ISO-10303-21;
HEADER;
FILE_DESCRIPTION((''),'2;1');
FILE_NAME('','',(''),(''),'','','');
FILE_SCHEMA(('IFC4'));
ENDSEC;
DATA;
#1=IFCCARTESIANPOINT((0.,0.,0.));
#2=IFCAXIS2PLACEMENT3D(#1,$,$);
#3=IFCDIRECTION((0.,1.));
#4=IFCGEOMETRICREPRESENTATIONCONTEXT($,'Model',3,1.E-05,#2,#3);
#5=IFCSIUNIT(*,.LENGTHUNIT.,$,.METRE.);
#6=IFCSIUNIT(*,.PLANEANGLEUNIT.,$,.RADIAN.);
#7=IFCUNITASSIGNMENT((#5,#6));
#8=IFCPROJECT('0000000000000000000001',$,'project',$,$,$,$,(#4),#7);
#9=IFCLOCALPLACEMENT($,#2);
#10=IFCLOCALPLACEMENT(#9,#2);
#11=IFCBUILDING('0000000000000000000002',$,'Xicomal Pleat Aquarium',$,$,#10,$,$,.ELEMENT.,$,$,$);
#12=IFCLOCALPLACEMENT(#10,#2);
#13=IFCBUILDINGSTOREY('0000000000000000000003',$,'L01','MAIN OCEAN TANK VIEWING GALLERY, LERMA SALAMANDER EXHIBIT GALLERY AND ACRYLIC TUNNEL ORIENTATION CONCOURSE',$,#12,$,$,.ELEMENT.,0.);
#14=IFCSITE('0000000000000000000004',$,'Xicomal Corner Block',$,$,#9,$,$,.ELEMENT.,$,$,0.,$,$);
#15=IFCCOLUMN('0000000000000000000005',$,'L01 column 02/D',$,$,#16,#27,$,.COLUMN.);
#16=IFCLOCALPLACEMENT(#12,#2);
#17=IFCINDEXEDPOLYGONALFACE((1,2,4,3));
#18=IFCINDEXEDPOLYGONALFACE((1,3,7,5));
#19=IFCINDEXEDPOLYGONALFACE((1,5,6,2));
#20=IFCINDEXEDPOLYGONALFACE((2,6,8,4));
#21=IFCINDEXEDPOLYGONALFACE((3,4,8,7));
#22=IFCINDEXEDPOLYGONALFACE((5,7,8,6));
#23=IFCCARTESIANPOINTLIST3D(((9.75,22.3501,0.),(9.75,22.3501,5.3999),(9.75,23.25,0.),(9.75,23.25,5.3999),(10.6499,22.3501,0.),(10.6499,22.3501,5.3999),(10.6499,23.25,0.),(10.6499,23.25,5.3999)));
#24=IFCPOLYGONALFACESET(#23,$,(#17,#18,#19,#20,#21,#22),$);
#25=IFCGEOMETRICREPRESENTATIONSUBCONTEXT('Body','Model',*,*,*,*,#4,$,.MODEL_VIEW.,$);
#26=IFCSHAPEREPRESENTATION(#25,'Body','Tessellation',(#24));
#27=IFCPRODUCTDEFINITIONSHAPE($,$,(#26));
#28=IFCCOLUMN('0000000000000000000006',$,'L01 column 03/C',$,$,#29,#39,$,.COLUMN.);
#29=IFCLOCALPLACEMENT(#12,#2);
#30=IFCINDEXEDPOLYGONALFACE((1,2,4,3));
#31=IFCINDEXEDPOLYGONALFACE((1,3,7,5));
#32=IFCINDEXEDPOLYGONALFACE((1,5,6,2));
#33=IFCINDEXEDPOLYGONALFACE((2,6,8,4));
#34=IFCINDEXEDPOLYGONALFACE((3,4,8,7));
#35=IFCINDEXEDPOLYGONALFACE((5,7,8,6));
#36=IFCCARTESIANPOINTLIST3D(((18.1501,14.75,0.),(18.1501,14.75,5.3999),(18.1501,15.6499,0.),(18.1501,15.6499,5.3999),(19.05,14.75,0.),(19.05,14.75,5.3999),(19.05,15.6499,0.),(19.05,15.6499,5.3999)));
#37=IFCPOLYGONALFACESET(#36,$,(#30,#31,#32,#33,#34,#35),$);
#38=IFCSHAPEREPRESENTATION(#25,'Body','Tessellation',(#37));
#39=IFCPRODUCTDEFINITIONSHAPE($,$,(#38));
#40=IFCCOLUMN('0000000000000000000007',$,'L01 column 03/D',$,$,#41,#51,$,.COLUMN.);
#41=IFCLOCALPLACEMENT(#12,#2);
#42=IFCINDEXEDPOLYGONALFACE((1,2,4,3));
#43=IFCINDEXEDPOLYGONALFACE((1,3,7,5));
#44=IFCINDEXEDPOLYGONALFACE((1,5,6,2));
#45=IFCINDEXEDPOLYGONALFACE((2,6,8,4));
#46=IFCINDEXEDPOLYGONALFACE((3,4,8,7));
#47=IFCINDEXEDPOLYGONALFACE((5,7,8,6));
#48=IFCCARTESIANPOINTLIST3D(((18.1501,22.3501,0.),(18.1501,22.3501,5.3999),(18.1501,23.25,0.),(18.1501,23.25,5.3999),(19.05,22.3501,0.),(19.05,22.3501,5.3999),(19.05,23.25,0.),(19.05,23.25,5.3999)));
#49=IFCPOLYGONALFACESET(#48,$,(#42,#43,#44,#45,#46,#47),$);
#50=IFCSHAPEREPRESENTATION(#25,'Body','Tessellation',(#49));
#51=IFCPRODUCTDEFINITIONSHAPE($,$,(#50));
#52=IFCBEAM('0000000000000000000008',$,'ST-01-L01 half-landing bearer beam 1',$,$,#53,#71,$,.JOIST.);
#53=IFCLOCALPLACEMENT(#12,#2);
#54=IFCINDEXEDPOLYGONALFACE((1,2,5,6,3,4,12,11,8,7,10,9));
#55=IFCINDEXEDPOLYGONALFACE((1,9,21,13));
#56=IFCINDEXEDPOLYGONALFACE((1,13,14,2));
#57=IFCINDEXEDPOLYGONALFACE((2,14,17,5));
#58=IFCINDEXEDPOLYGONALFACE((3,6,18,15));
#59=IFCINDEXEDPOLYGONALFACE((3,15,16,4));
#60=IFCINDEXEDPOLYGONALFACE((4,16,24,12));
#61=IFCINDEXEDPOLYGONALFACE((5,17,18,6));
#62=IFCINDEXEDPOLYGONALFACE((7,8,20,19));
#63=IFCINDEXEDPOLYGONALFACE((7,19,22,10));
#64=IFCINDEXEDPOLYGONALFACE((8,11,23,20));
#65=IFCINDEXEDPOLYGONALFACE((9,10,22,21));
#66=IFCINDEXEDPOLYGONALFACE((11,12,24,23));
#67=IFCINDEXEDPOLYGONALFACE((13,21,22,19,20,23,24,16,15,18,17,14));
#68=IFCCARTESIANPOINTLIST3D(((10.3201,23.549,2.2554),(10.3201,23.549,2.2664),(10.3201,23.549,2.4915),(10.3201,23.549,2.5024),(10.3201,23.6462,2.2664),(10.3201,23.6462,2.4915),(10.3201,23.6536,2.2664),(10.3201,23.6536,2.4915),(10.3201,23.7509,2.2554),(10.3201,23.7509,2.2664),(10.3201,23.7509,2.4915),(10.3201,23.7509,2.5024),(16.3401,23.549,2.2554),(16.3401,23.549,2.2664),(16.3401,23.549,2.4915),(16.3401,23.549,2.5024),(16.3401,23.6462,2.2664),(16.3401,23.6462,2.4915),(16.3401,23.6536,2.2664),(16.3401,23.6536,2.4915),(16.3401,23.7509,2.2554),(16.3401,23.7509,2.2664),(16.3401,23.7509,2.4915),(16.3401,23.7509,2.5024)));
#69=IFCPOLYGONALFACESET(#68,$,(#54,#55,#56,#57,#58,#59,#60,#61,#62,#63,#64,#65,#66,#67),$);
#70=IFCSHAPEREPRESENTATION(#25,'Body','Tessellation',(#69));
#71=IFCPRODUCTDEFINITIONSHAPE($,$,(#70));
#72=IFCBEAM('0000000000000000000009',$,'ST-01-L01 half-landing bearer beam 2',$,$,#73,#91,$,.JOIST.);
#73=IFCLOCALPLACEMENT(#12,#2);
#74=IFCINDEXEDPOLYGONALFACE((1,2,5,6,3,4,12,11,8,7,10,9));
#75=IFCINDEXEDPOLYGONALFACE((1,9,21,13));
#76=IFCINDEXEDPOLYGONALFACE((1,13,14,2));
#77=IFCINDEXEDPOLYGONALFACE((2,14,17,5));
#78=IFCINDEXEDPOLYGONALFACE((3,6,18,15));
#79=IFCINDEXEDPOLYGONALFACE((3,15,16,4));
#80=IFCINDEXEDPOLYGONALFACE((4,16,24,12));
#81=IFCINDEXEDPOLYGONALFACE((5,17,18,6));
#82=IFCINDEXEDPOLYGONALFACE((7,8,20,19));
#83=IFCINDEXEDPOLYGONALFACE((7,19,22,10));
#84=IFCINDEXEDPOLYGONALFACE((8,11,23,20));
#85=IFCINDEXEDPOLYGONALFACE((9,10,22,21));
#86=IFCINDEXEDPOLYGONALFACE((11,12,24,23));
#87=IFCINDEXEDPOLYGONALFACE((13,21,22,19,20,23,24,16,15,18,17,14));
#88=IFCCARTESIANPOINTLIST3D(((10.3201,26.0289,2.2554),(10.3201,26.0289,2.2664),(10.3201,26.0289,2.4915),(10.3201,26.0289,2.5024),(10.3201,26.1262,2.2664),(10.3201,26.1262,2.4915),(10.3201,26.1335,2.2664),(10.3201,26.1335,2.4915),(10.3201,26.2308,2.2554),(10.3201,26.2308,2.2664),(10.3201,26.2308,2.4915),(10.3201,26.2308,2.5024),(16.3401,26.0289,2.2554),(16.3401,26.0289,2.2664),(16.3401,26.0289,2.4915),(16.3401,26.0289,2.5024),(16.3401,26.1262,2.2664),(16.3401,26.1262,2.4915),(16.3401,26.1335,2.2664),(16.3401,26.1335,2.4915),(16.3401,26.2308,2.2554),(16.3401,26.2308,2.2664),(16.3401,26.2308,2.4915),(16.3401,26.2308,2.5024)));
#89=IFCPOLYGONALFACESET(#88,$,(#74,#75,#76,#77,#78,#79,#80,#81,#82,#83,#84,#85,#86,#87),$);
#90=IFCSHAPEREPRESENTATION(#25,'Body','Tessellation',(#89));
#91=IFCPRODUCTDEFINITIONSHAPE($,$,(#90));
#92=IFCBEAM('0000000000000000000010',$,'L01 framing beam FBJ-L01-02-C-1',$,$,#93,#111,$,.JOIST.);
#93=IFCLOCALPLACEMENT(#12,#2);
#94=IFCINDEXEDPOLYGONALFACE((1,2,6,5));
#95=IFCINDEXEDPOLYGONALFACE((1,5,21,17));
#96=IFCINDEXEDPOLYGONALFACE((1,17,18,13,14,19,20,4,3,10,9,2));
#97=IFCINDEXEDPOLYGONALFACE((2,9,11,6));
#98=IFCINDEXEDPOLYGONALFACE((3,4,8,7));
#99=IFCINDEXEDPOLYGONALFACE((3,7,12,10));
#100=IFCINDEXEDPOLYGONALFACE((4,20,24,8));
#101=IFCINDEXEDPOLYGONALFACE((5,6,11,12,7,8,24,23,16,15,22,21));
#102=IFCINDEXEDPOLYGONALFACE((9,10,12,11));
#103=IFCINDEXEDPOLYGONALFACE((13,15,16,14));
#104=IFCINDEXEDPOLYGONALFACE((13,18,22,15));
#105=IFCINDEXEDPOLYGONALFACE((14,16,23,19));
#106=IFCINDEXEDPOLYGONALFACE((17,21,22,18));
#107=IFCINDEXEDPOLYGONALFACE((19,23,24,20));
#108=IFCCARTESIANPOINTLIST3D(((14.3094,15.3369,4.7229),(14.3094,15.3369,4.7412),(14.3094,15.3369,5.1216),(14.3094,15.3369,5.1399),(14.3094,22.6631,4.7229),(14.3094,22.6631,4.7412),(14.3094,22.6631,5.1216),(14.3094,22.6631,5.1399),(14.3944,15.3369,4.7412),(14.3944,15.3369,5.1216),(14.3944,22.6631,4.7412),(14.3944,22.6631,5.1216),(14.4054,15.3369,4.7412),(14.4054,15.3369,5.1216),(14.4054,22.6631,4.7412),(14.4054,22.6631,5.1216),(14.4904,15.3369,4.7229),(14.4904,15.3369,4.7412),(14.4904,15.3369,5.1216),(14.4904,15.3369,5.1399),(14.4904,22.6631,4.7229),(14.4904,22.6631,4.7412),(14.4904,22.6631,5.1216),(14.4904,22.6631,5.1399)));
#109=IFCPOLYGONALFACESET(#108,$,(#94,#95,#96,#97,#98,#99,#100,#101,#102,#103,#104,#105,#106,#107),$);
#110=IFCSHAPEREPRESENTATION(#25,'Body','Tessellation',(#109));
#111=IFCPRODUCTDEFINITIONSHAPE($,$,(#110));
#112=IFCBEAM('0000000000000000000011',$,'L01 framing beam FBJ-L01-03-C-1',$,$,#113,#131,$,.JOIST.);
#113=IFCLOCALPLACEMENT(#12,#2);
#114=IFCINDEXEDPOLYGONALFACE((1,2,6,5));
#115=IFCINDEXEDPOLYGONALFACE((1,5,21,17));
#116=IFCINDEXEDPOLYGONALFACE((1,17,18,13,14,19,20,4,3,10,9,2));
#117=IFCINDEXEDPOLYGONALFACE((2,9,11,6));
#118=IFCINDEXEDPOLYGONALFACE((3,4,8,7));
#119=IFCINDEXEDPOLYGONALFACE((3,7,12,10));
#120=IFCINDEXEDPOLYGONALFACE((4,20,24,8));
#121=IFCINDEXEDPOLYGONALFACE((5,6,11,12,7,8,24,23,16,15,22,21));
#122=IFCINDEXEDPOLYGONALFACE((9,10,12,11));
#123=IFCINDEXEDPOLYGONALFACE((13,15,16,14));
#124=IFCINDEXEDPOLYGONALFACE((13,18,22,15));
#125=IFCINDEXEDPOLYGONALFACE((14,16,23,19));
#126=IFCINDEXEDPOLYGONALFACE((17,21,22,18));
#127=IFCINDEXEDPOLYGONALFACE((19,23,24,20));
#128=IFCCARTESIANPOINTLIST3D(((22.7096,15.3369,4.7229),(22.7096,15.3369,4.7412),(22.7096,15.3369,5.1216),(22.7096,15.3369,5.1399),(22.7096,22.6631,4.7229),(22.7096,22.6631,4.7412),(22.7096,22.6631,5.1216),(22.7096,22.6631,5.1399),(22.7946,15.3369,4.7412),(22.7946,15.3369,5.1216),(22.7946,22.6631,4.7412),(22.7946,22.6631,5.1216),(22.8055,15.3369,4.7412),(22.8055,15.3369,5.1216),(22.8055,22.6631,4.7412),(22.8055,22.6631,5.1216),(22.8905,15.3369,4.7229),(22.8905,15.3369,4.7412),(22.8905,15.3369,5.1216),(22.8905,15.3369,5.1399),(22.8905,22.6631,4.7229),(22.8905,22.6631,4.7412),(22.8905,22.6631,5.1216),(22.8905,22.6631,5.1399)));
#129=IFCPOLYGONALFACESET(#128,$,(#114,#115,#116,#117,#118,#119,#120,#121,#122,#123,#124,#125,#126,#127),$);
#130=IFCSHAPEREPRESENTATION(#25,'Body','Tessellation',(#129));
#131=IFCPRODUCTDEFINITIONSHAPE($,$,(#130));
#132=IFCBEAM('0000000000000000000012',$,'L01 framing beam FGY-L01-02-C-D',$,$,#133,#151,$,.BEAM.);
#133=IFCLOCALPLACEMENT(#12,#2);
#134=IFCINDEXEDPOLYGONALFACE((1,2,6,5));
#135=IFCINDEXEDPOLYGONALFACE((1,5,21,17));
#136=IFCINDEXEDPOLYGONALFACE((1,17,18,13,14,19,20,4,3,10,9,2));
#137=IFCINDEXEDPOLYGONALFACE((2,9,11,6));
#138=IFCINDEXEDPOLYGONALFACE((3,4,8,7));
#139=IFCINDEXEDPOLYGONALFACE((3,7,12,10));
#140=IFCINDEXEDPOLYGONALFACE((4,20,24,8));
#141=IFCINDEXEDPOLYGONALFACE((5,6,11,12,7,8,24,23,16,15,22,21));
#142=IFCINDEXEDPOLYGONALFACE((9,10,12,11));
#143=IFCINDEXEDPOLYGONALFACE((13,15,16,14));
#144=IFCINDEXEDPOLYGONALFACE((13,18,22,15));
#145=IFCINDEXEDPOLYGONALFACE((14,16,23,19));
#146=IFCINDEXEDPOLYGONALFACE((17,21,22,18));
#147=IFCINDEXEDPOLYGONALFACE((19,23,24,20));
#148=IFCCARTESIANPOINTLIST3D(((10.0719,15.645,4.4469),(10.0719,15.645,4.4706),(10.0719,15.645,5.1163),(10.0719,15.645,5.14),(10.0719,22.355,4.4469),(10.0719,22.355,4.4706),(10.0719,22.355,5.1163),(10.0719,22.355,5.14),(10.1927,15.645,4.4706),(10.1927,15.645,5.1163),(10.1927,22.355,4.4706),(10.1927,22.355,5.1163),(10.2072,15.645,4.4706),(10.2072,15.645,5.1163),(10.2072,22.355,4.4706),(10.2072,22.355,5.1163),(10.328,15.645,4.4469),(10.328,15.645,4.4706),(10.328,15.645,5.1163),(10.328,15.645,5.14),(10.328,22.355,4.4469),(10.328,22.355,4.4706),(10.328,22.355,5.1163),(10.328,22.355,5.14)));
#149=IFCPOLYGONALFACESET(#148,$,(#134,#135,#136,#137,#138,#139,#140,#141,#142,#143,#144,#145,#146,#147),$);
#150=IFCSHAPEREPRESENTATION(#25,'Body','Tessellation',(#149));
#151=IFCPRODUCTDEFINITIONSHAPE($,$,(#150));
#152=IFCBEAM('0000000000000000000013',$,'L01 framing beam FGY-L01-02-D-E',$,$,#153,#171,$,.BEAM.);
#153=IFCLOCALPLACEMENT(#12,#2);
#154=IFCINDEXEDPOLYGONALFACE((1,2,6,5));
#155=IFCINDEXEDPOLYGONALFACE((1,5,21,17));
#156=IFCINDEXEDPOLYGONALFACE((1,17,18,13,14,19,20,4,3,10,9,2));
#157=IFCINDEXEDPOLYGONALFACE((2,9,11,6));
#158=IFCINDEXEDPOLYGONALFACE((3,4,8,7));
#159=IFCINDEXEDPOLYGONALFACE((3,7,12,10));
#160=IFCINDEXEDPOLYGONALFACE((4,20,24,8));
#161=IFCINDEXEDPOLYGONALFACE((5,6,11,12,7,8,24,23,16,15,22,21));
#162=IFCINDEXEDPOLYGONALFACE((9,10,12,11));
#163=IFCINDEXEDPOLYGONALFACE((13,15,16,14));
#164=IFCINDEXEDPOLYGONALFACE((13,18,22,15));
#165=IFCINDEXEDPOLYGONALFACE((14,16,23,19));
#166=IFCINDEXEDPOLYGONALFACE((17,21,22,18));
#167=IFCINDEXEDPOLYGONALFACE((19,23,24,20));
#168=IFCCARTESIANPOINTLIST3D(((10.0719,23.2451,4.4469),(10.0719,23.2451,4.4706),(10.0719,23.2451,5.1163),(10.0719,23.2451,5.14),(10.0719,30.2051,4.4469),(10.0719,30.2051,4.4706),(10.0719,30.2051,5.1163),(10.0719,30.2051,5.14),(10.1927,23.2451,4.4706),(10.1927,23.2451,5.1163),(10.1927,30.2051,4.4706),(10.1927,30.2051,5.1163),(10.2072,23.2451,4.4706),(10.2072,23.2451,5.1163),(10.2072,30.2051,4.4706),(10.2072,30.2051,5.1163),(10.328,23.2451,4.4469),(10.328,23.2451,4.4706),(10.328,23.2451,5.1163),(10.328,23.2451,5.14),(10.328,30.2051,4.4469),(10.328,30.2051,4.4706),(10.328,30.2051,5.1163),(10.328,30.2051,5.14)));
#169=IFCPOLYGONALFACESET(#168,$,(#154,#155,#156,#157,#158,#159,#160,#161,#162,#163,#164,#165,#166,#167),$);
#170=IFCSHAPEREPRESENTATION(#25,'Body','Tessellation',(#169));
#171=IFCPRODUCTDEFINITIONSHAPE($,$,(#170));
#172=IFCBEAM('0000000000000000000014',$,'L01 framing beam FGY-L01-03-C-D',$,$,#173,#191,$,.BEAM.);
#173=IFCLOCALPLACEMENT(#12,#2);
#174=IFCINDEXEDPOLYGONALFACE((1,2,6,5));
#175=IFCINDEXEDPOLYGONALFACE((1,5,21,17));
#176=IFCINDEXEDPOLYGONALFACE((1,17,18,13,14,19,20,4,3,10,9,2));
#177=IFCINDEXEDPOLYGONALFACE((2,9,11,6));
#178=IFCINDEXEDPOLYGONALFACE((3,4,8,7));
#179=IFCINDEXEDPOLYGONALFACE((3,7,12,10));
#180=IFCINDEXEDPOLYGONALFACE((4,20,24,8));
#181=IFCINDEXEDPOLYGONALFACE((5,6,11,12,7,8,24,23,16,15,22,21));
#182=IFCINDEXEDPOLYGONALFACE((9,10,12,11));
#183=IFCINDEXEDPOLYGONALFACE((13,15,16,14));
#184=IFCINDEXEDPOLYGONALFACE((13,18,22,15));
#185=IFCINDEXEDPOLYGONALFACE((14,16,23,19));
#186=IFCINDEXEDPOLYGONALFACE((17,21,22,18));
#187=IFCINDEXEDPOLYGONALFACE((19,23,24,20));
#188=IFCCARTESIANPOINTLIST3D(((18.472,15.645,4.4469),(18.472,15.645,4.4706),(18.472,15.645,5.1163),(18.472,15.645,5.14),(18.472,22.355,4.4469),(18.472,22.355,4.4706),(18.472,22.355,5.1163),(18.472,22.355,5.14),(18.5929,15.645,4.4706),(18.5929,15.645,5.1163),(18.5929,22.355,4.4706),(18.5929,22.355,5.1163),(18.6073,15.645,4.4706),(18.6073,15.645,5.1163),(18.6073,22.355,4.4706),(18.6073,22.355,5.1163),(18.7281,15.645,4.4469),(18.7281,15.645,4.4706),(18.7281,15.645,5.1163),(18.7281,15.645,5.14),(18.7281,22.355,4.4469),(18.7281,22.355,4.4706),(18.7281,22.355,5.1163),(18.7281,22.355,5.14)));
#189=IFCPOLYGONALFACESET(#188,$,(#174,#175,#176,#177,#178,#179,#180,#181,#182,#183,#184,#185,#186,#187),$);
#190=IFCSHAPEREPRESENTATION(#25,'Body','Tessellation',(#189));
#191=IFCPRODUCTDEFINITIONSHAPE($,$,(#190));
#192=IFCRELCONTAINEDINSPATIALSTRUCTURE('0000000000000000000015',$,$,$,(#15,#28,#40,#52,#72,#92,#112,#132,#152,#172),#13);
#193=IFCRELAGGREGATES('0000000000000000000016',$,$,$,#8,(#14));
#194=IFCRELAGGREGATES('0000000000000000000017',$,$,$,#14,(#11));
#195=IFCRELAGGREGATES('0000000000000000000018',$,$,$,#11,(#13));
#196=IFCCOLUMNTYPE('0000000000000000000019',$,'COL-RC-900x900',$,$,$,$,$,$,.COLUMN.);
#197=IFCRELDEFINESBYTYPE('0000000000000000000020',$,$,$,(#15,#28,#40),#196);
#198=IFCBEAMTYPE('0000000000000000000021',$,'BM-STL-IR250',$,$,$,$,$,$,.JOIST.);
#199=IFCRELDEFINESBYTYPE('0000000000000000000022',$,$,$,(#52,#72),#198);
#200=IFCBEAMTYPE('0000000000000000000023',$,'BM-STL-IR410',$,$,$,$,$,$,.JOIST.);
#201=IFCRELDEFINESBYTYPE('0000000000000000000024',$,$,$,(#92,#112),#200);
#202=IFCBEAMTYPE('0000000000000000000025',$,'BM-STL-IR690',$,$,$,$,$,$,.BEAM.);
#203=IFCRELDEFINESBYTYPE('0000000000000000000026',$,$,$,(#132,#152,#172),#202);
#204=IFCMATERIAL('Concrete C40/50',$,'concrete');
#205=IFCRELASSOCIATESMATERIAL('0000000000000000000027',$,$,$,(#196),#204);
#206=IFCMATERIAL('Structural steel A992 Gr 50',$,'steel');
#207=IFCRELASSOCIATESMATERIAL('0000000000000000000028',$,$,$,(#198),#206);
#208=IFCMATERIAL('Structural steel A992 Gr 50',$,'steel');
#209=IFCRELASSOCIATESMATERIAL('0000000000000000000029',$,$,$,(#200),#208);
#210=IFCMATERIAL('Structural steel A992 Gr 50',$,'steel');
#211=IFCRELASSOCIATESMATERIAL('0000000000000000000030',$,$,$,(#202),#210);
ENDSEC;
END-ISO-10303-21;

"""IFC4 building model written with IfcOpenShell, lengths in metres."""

from ifc_helpers import new_model, si_unit, direction, frame, origin, origin_2d, place, context, subcontext, project, spatial, rectangle, i_section, extrude, material, material_profile, profile_set, type_object, element, save


model = new_model("IFC4")

# Units and contexts
model_context = context("Model", 3, precision=1e-05, world=origin(), true_north=direction((0.0, 1.0)))
body_context = subcontext(model_context, "Body", "Model", "MODEL_VIEW")
ifc_project = project(units=[si_unit("LENGTHUNIT", "METRE"), si_unit("PLANEANGLEUNIT", "RADIAN")], contexts=[model_context])

# Site, building, storey
site_placement = place(None, origin())
site = spatial("IfcSite", under=ifc_project, at=site_placement, Name="Xicomal Corner Block", CompositionType="ELEMENT", RefElevation=0.0)
building_placement = place(site_placement, origin())
building = spatial("IfcBuilding", under=site, at=building_placement, Name="Xicomal Pleat Aquarium", CompositionType="ELEMENT")
storey_placement = place(building_placement, origin())
storey = spatial("IfcBuildingStorey", under=building, at=storey_placement, Name="L01", Description="MAIN OCEAN TANK VIEWING GALLERY, LERMA SALAMANDER EXHIBIT GALLERY AND ACRYLIC TUNNEL ORIENTATION CONCOURSE", CompositionType="ELEMENT", Elevation=0.0)

# Columns
ifc_material_1 = material(Name="Concrete C40/50", Category="concrete")
ifc_material_profile_1 = material_profile(ifc_material_1, rectangle(XDim=0.8999, YDim=0.8999, at=origin_2d()), Name="RC 900x900")
ifc_profile_set_1 = profile_set([ifc_material_profile_1], Name="Concrete C40/50")
column_type = type_object("IfcColumnType", Name="COL-RC-900x900", PredefinedType="COLUMN", material=ifc_profile_set_1)
for number, where, z_axis, x_axis, name in (
    (1, (10.2, 22.8, 0.0), (0.0, 0.0, 1.0), (1.0, 0.0, 0.0), "L01 column 02/D"),
    (2, (18.6001, 15.2, 0.0), (0.0, 0.0, 1.0), (1.0, 0.0, 0.0), "L01 column 03/C"),
    (3, (18.6001, 22.8, 0.0), (0.0, 0.0, 1.0), (1.0, 0.0, 0.0), "L01 column 03/D"),
):
    element("IfcColumn", number, at=place(storey_placement, frame(where, z_axis=z_axis, x_axis=x_axis)), inside=storey, type_object=column_type, Name=name, PredefinedType="COLUMN", context=body_context, shape_type="SweptSolid", body=[
        extrude(rectangle(XDim=0.8999, YDim=0.8999, at=origin_2d()), origin(), (0.0, 0.0, 1.0), 5.3999),
    ])

# Beams
ifc_material_2 = material(Name="Structural steel A992 Gr 50", Category="steel")
ifc_material_profile_2 = material_profile(ifc_material_2, i_section(OverallWidth=0.2019, OverallDepth=0.2471, WebThickness=0.0073, FlangeThickness=0.011, at=origin_2d()), Name="IR 250x49")
ifc_profile_set_2 = profile_set([ifc_material_profile_2], Name="Structural steel A992 Gr 50")
beam_type_1 = type_object("IfcBeamType", Name="BM-STL-IR250", PredefinedType="JOIST", material=ifc_profile_set_2)
for number, where, z_axis, x_axis, name in (
    (4, (10.3201, 23.6499, 2.3789), (1.0, 0.0, 0.0), (0.0, 1.0, 0.0), "ST-01-L01 half-landing bearer beam 1"),
    (5, (10.3201, 26.1299, 2.3789), (1.0, 0.0, 0.0), (0.0, 1.0, 0.0), "ST-01-L01 half-landing bearer beam 2"),
):
    element("IfcBeam", number, at=place(storey_placement, frame(where, z_axis=z_axis, x_axis=x_axis)), inside=storey, type_object=beam_type_1, Name=name, PredefinedType="JOIST", context=body_context, shape_type="SweptSolid", body=[
        extrude(i_section(OverallWidth=0.2019, OverallDepth=0.2471, WebThickness=0.0073, FlangeThickness=0.011, at=origin_2d()), origin(), (0.0, 0.0, 1.0), 6.02),
    ])
ifc_material_3 = material(Name="Structural steel A992 Gr 50", Category="steel")
ifc_material_profile_3 = material_profile(ifc_material_3, i_section(OverallWidth=0.1809, OverallDepth=0.417, WebThickness=0.011, FlangeThickness=0.0183, at=origin_2d()), Name="IR 410x85")
ifc_profile_set_3 = profile_set([ifc_material_profile_3], Name="Structural steel A992 Gr 50")
beam_type_2 = type_object("IfcBeamType", Name="BM-STL-IR410", PredefinedType="JOIST", material=ifc_profile_set_3)
for number, where, z_axis, x_axis, name in (
    (6, (14.3999, 15.3369, 4.9314), (0.0, 1.0, 0.0), (-1.0, 0.0, 0.0), "L01 framing beam FBJ-L01-02-C-1"),
    (7, (22.8, 15.3369, 4.9314), (0.0, 1.0, 0.0), (-1.0, 0.0, 0.0), "L01 framing beam FBJ-L01-03-C-1"),
):
    element("IfcBeam", number, at=place(storey_placement, frame(where, z_axis=z_axis, x_axis=x_axis)), inside=storey, type_object=beam_type_2, Name=name, PredefinedType="JOIST", context=body_context, shape_type="SweptSolid", body=[
        extrude(i_section(OverallWidth=0.1809, OverallDepth=0.417, WebThickness=0.011, FlangeThickness=0.0183, at=origin_2d()), origin(), (0.0, 0.0, 1.0), 7.3262),
    ])
ifc_material_4 = material(Name="Structural steel A992 Gr 50", Category="steel")
ifc_material_profile_4 = material_profile(ifc_material_4, i_section(OverallWidth=0.2561, OverallDepth=0.6931, WebThickness=0.0144, FlangeThickness=0.0237, at=origin_2d()), Name="IR 690x170")
ifc_profile_set_4 = profile_set([ifc_material_profile_4], Name="Structural steel A992 Gr 50")
beam_type_3 = type_object("IfcBeamType", Name="BM-STL-IR690", PredefinedType="BEAM", material=ifc_profile_set_4)
beam_1_placement = place(storey_placement, frame((10.2, 15.645, 4.7935), z_axis=(0.0, 1.0, 0.0), x_axis=(-1.0, 0.0, 0.0)))
element("IfcBeam", 8, at=beam_1_placement, inside=storey, type_object=beam_type_3, Name="L01 framing beam FGY-L01-02-C-D", PredefinedType="BEAM", context=body_context, shape_type="SweptSolid", body=[
    extrude(i_section(OverallWidth=0.2561, OverallDepth=0.6931, WebThickness=0.0144, FlangeThickness=0.0237, at=origin_2d()), origin(), (0.0, 0.0, 1.0), 6.71),
])
beam_2_placement = place(storey_placement, frame((10.2, 23.2451, 4.7935), z_axis=(0.0, 1.0, 0.0), x_axis=(-1.0, 0.0, 0.0)))
element("IfcBeam", 9, at=beam_2_placement, inside=storey, type_object=beam_type_3, Name="L01 framing beam FGY-L01-02-D-E", PredefinedType="BEAM", context=body_context, shape_type="SweptSolid", body=[
    extrude(i_section(OverallWidth=0.2561, OverallDepth=0.6931, WebThickness=0.0144, FlangeThickness=0.0237, at=origin_2d()), origin(), (0.0, 0.0, 1.0), 6.96),
])
beam_3_placement = place(storey_placement, frame((18.6001, 15.645, 4.7935), z_axis=(0.0, 1.0, 0.0), x_axis=(-1.0, 0.0, 0.0)))
element("IfcBeam", 10, at=beam_3_placement, inside=storey, type_object=beam_type_3, Name="L01 framing beam FGY-L01-03-C-D", PredefinedType="BEAM", context=body_context, shape_type="SweptSolid", body=[
    extrude(i_section(OverallWidth=0.2561, OverallDepth=0.6931, WebThickness=0.0144, FlangeThickness=0.0237, at=origin_2d()), origin(), (0.0, 0.0, 1.0), 6.71),
])

save(model, "model.ifc")
